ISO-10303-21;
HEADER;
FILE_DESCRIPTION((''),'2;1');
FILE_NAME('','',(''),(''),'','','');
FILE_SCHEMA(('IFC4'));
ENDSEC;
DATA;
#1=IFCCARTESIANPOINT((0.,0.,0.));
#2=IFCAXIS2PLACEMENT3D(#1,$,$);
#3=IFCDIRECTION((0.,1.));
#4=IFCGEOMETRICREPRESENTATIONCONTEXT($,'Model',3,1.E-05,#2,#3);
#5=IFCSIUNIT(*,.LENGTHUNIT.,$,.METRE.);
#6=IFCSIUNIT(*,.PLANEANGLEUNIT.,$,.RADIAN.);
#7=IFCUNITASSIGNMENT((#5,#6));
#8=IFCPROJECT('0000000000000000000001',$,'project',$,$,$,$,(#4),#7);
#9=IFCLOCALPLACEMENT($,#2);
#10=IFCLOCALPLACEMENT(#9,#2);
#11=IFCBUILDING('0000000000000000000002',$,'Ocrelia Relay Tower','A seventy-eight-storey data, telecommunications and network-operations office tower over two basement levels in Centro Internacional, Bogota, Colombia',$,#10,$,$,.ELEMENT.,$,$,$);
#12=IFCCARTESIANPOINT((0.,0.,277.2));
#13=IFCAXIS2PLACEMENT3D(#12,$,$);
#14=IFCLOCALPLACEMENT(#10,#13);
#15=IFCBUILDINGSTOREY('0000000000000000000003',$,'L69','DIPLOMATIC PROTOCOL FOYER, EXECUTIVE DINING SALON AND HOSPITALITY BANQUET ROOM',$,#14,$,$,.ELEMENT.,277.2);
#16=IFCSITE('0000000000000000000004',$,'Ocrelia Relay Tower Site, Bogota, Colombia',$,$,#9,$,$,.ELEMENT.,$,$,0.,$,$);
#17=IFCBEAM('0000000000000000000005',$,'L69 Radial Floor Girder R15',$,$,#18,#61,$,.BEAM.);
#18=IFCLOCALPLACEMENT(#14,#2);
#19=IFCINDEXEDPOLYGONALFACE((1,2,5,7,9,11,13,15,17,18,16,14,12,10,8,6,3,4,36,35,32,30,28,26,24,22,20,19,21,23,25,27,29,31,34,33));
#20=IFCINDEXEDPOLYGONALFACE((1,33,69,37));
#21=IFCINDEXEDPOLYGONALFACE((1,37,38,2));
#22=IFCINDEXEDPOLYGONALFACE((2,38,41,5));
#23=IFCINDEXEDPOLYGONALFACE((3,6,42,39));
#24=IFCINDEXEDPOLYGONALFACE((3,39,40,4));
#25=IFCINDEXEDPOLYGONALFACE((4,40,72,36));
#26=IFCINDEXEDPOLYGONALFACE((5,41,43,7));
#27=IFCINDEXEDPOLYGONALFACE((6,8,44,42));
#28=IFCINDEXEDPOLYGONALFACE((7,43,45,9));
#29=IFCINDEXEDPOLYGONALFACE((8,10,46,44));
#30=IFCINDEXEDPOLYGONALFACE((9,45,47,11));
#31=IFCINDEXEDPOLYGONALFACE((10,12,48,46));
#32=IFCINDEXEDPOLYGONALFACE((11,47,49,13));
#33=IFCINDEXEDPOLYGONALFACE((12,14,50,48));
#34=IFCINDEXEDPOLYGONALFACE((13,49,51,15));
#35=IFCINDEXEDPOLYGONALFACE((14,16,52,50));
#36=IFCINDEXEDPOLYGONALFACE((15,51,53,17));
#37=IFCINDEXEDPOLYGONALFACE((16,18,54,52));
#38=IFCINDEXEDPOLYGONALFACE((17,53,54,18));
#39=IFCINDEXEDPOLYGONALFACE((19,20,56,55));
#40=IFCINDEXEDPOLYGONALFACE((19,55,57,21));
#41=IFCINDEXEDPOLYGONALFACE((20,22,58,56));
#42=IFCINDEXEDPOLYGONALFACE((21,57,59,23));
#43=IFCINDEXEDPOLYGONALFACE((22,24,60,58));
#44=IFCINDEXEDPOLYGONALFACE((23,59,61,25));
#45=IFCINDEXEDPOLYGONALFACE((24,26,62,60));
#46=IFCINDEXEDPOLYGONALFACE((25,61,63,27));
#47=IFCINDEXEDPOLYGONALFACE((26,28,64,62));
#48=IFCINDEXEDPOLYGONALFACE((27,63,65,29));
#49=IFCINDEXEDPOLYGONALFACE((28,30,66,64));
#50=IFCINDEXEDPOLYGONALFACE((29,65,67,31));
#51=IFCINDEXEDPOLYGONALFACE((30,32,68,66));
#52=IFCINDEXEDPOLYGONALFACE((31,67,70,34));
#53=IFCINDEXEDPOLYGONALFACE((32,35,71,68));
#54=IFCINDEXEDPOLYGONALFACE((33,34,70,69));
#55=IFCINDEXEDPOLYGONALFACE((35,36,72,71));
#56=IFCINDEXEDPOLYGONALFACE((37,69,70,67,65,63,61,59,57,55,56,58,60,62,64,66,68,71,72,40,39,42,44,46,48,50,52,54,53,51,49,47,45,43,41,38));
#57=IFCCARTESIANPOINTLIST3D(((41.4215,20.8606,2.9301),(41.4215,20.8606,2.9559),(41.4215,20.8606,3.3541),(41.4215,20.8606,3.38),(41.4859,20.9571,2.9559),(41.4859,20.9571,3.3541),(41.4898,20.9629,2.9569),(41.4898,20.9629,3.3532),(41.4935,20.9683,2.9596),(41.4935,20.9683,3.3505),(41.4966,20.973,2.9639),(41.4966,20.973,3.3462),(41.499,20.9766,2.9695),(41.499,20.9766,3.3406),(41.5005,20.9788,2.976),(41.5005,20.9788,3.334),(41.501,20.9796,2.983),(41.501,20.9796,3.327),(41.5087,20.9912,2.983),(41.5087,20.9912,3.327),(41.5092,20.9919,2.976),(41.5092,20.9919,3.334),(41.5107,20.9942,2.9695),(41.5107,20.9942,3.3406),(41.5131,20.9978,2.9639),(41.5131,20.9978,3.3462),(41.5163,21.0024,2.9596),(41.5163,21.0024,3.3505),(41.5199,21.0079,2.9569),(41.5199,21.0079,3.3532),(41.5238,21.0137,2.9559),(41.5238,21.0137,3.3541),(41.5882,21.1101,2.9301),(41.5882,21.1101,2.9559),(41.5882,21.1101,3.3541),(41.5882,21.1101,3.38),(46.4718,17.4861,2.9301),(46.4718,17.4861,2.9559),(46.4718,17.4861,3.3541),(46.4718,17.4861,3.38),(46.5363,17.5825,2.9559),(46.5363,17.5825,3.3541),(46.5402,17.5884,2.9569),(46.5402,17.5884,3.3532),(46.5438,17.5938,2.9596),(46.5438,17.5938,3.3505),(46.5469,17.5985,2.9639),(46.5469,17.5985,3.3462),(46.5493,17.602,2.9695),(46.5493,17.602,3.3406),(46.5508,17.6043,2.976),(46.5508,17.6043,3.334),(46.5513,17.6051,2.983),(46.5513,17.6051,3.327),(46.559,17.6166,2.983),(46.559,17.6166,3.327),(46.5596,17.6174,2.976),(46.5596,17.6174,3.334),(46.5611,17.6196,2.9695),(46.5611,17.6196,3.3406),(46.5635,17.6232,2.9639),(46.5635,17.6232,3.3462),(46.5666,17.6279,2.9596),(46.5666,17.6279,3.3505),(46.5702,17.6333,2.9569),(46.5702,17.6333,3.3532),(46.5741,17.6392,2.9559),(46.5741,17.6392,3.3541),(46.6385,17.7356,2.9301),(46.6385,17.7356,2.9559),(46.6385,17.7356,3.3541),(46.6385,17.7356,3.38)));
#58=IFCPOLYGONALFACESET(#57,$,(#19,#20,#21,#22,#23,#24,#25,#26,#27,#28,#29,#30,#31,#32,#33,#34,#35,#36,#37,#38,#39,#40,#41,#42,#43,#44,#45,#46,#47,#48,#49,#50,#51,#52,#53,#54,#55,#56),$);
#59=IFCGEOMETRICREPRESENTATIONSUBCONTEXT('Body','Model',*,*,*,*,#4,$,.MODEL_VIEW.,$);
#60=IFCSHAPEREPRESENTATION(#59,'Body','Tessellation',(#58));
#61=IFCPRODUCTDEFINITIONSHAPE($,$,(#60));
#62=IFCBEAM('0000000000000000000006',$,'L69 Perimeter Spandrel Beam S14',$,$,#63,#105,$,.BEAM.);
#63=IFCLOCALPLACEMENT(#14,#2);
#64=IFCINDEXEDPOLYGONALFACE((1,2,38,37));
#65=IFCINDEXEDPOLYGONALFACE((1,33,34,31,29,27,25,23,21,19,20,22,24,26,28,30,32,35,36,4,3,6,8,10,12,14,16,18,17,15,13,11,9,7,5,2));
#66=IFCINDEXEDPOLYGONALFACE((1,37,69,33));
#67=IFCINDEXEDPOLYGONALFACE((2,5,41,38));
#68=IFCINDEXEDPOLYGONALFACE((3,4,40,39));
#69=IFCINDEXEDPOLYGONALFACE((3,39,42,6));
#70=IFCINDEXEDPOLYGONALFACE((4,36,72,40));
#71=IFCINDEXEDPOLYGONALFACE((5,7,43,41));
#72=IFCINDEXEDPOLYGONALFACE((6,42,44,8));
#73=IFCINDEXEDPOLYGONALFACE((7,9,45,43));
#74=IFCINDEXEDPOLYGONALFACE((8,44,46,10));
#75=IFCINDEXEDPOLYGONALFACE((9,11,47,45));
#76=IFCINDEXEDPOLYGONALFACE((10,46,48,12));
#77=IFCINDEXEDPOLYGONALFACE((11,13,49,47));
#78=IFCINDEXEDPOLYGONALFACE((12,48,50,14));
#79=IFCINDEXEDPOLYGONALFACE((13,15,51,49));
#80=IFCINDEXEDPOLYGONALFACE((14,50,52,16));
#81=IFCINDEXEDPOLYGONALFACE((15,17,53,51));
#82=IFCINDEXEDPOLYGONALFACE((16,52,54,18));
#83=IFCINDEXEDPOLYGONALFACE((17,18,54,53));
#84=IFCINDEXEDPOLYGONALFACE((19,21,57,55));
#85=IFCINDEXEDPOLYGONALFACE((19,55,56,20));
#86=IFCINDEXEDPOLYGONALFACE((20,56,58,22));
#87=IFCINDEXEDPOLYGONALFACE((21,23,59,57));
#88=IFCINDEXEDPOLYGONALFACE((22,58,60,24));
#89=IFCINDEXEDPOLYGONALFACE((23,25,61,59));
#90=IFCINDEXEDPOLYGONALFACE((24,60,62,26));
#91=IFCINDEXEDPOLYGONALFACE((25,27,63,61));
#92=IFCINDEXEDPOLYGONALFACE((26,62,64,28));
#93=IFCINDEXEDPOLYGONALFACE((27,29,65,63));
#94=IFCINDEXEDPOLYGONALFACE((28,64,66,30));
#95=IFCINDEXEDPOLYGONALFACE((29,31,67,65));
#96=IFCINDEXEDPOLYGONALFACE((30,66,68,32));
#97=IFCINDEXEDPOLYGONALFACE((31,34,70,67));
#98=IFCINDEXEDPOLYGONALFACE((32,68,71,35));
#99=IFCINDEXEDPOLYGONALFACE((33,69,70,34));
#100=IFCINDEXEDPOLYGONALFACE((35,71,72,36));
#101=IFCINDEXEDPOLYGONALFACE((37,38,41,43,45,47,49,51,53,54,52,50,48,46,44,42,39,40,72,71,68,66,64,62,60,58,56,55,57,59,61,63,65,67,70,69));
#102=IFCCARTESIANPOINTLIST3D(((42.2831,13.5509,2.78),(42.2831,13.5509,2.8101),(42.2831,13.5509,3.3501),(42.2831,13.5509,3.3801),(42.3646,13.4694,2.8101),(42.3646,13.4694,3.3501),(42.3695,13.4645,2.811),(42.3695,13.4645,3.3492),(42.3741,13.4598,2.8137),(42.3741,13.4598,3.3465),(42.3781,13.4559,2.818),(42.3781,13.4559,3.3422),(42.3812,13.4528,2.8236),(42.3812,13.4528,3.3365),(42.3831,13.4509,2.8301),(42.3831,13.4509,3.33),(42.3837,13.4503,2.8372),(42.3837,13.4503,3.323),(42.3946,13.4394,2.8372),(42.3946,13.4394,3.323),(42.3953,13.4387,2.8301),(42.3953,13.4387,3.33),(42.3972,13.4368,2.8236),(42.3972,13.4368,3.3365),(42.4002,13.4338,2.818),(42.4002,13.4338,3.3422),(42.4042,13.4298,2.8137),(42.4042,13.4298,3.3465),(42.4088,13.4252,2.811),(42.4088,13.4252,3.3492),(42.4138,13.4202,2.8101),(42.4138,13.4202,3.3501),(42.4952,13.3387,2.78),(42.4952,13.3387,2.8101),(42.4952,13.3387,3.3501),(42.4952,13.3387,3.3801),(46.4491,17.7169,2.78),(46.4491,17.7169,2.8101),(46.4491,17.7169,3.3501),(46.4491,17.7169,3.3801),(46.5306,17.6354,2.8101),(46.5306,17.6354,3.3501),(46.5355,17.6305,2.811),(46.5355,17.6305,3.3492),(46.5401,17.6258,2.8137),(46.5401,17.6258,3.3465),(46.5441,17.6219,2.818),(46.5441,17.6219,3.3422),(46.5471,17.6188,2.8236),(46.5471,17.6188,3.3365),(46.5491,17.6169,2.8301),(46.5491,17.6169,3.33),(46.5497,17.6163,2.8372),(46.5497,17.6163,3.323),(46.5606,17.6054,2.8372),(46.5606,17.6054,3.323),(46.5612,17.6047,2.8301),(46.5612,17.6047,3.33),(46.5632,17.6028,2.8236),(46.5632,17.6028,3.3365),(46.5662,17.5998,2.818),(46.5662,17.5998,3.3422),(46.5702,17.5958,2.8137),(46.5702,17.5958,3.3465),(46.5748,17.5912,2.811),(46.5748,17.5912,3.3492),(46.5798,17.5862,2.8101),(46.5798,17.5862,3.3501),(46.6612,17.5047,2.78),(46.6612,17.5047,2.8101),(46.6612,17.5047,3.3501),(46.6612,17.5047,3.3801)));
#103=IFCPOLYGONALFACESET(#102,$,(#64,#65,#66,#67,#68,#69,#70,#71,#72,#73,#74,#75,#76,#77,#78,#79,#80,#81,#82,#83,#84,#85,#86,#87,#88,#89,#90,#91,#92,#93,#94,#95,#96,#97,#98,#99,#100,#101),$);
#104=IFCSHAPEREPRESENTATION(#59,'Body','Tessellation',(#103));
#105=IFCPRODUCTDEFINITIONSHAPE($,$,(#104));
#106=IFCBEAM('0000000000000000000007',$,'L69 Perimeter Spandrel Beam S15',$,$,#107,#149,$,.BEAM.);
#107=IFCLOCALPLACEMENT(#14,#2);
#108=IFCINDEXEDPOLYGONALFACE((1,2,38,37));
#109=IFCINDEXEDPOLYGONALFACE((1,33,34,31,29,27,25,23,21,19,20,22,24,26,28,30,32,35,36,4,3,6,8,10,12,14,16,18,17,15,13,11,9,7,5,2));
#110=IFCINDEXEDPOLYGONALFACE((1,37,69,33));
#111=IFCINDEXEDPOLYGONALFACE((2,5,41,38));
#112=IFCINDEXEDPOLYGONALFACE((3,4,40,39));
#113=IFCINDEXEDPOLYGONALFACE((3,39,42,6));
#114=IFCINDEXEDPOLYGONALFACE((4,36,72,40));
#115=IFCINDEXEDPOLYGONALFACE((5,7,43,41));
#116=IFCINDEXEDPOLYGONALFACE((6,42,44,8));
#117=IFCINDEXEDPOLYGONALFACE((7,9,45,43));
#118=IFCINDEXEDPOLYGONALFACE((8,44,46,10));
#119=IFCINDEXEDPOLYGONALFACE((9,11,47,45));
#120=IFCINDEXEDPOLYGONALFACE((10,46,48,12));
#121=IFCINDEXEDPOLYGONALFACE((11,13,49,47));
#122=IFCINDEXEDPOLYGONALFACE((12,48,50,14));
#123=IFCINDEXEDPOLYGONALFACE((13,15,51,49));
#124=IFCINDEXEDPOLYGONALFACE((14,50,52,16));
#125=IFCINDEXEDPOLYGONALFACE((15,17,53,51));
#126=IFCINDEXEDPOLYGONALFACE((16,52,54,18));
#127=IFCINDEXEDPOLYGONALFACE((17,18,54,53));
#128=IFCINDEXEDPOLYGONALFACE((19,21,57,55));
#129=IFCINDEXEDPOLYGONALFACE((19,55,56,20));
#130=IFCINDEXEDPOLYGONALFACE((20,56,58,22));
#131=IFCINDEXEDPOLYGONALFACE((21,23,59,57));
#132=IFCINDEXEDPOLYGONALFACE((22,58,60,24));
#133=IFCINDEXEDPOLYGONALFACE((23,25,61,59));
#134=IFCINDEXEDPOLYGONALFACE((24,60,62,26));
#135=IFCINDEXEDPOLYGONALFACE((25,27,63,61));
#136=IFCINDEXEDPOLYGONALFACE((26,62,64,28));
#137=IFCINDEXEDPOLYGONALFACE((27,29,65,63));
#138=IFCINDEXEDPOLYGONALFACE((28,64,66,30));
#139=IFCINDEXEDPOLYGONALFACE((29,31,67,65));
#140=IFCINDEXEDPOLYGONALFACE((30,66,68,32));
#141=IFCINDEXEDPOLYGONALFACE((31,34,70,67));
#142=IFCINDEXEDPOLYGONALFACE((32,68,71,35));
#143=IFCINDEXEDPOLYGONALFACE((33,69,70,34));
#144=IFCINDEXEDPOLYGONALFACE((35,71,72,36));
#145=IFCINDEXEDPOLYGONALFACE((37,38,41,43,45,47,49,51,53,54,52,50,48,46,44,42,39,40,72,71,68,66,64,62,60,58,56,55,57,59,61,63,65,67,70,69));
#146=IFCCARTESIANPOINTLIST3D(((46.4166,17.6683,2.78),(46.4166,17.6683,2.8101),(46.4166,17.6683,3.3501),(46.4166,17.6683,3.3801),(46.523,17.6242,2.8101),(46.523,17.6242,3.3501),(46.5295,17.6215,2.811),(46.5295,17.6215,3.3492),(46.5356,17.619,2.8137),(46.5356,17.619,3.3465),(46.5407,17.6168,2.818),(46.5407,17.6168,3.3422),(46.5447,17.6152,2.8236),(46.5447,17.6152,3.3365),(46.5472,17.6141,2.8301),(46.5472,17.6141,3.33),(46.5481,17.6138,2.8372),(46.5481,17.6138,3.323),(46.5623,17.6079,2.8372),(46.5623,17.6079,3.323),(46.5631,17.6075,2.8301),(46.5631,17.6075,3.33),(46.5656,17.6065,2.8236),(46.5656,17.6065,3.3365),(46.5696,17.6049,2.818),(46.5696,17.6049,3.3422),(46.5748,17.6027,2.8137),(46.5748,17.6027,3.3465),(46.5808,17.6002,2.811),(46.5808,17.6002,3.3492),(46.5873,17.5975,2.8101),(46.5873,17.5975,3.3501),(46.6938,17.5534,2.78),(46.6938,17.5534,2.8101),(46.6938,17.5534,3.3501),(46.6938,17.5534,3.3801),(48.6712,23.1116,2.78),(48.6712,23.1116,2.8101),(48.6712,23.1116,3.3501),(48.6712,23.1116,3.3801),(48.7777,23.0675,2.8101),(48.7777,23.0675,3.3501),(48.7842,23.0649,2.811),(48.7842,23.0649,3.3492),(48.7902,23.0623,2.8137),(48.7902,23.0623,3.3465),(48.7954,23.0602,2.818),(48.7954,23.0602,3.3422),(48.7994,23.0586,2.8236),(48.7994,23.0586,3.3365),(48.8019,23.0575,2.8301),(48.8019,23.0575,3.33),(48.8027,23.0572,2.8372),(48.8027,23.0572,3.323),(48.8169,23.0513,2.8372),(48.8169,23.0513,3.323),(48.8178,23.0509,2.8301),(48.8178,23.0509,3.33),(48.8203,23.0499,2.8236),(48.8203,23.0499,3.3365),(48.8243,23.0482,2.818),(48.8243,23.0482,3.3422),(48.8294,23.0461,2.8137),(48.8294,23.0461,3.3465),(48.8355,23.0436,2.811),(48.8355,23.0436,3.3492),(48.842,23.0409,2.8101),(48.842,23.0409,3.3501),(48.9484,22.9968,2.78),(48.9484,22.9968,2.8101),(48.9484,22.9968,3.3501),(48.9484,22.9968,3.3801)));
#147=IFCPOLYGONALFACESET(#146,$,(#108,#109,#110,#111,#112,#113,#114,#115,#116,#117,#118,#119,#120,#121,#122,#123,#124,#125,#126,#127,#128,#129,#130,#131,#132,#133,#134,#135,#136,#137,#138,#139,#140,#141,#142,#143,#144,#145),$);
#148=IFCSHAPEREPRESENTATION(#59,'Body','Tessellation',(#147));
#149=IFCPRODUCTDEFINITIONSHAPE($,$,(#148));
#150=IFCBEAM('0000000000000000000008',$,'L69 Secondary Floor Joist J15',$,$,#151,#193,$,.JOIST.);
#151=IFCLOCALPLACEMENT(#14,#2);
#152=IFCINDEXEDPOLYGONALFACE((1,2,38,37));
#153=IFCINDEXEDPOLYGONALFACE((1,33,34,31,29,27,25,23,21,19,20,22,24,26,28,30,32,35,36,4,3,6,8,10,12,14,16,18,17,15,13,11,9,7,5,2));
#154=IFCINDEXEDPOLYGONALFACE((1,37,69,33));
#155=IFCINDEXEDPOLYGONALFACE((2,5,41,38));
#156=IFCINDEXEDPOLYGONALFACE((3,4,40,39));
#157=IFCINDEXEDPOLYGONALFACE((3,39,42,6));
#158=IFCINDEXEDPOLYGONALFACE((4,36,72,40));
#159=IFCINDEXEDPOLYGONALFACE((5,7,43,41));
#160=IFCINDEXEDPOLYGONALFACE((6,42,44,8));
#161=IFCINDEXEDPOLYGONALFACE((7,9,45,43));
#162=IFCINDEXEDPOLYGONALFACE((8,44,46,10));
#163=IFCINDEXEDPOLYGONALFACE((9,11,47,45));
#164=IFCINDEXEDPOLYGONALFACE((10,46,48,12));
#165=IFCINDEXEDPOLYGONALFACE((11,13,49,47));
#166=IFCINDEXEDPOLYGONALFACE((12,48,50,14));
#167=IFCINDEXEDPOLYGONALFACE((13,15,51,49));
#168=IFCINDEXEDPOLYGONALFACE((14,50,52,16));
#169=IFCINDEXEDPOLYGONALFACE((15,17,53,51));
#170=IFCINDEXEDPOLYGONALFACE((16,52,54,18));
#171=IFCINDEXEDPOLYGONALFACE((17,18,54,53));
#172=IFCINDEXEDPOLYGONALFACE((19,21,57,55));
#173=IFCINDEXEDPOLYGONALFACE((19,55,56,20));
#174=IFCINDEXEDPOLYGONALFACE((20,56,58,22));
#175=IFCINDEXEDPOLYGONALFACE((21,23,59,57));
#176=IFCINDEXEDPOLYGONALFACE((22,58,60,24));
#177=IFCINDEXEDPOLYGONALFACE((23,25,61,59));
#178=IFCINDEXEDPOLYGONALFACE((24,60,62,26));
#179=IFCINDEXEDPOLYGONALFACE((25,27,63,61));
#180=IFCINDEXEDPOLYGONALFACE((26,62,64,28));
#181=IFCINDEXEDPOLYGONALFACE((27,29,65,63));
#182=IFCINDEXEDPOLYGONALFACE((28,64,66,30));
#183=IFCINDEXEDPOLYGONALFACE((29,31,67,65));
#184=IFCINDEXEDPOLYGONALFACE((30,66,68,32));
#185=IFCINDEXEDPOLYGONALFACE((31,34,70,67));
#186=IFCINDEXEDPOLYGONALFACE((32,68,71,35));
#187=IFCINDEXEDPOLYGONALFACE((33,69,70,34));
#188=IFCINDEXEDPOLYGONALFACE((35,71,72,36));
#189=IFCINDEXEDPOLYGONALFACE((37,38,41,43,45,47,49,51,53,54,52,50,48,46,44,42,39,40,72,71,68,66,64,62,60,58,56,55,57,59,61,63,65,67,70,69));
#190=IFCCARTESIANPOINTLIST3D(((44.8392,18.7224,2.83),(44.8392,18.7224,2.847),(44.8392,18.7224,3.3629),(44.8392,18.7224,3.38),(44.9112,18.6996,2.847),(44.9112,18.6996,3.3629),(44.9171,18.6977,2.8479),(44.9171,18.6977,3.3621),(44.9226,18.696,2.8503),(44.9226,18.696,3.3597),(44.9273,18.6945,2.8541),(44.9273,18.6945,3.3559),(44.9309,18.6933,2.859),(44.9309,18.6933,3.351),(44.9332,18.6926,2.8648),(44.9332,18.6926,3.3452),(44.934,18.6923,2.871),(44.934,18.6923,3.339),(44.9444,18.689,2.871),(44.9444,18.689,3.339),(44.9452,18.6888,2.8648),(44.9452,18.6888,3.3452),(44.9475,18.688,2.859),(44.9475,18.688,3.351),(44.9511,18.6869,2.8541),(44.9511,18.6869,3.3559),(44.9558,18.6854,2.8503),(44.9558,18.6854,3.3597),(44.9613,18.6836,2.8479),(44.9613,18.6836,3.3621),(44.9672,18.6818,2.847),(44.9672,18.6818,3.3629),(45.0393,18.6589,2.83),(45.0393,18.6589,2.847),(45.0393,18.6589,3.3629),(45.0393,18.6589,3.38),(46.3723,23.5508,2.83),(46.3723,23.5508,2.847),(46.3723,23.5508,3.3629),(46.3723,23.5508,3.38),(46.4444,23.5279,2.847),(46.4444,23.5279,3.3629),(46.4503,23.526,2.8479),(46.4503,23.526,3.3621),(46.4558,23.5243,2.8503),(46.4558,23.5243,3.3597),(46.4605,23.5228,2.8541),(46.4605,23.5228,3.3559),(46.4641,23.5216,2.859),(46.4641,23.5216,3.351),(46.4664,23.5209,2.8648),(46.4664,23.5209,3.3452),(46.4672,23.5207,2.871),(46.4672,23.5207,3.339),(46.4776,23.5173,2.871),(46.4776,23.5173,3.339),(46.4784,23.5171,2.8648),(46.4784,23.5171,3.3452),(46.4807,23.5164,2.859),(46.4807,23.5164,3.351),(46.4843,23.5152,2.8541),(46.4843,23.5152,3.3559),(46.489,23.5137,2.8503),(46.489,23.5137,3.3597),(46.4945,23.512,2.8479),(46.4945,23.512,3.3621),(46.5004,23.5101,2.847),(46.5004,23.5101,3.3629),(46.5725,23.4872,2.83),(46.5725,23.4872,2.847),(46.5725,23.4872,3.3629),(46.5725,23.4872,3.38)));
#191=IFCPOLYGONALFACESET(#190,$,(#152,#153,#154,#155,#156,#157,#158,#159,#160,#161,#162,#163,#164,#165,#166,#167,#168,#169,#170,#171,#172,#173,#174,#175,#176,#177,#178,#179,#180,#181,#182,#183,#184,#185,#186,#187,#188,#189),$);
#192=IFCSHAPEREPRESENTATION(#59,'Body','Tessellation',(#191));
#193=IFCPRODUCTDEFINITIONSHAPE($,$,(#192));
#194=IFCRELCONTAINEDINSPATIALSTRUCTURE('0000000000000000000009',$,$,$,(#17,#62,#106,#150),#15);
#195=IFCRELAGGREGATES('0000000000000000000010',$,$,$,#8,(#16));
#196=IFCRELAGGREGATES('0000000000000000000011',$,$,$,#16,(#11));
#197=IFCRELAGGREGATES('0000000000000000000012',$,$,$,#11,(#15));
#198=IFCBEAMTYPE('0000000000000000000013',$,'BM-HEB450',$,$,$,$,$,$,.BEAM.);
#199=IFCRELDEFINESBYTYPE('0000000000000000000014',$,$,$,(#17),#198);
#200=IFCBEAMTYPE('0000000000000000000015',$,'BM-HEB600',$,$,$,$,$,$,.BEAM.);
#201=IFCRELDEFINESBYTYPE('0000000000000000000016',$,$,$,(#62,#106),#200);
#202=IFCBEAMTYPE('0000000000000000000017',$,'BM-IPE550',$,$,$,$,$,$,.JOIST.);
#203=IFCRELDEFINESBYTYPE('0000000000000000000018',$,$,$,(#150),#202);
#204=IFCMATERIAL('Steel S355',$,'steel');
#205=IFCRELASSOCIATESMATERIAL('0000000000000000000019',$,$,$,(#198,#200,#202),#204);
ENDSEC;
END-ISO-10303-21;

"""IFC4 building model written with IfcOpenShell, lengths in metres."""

from ifc_helpers import new_model, si_unit, direction, frame, origin, origin_2d, place, context, subcontext, project, spatial, i_section, extrude, material, material_profile, profile_set, type_object, element, save


model = new_model("IFC4")

# Units and contexts
model_context = context("Model", 3, precision=1e-05, world=origin(), true_north=direction((0.0, 1.0)))
body_context = subcontext(model_context, "Body", "Model", "MODEL_VIEW")
ifc_project = project(units=[si_unit("LENGTHUNIT", "METRE"), si_unit("PLANEANGLEUNIT", "RADIAN")], contexts=[model_context])

# Site, building, storey
site_placement = place(None, origin())
site = spatial("IfcSite", under=ifc_project, at=site_placement, Name="Ocrelia Relay Tower Site, Bogota, Colombia", CompositionType="ELEMENT", RefElevation=0.0)
building_placement = place(site_placement, origin())
building = spatial("IfcBuilding", under=site, at=building_placement, Name="Ocrelia Relay Tower", Description="A seventy-eight-storey data, telecommunications and network-operations office tower over two basement levels in Centro Internacional, Bogota, Colombia", CompositionType="ELEMENT")
storey_placement = place(building_placement, frame((0.0, 0.0, 277.2)))
storey = spatial("IfcBuildingStorey", under=building, at=storey_placement, Name="L69", Description="DIPLOMATIC PROTOCOL FOYER, EXECUTIVE DINING SALON AND HOSPITALITY BANQUET ROOM", CompositionType="ELEMENT", Elevation=277.2)

# Beams
ifc_material_1 = material(Name="Steel S355", Category="steel")
ifc_material_profile_1 = material_profile(ifc_material_1, i_section(OverallWidth=0.3, OverallDepth=0.45, WebThickness=0.0139, FlangeThickness=0.0259, FilletRadius=0.0271, at=origin_2d()), Name="HEB 450")
ifc_profile_set_1 = profile_set([ifc_material_profile_1], Name="Steel S355")
beam_type_1 = type_object("IfcBeamType", Name="BM-HEB450", PredefinedType="BEAM", material=ifc_profile_set_1)
beam_1_placement = place(storey_placement, frame((46.5552, 17.6108, 3.155), z_axis=(-0.831469, 0.555572, 0.0), x_axis=(-0.555572, -0.831469, 0.0)))
element("IfcBeam", 1, at=beam_1_placement, inside=storey, type_object=beam_type_1, Name="L69 Radial Floor Girder R15", PredefinedType="BEAM", context=body_context, shape_type="SweptSolid", body=[
    extrude(i_section(OverallWidth=0.3, OverallDepth=0.45, WebThickness=0.0139, FlangeThickness=0.0259, FilletRadius=0.0271, at=origin_2d()), origin(), (0.0, 0.0, 1.0), 6.074),
])
ifc_material_profile_2 = material_profile(ifc_material_1, i_section(OverallWidth=0.3, OverallDepth=0.6001, WebThickness=0.0154, FlangeThickness=0.03, FilletRadius=0.0271, at=origin_2d()), Name="HEB 600")
ifc_profile_set_2 = profile_set([ifc_material_profile_2], Name="Steel S355")
beam_type_2 = type_object("IfcBeamType", Name="BM-HEB600", PredefinedType="BEAM", material=ifc_profile_set_2)
beam_2_placement = place(storey_placement, frame((42.3892, 13.4448, 3.0801), z_axis=(0.707107, 0.707107, 0.0), x_axis=(-0.707107, 0.707107, 0.0)))
element("IfcBeam", 2, at=beam_2_placement, inside=storey, type_object=beam_type_2, Name="L69 Perimeter Spandrel Beam S14", PredefinedType="BEAM", context=body_context, shape_type="SweptSolid", body=[
    extrude(i_section(OverallWidth=0.3, OverallDepth=0.6001, WebThickness=0.0154, FlangeThickness=0.03, FilletRadius=0.0271, at=origin_2d()), origin(), (0.0, 0.0, 1.0), 5.8916),
])
beam_3_placement = place(storey_placement, frame((46.5552, 17.6108, 3.0801), z_axis=(0.382673, 0.923884, 0.0), x_axis=(-0.923884, 0.382673, 0.0)))
element("IfcBeam", 3, at=beam_3_placement, inside=storey, type_object=beam_type_2, Name="L69 Perimeter Spandrel Beam S15", PredefinedType="BEAM", context=body_context, shape_type="SweptSolid", body=[
    extrude(i_section(OverallWidth=0.3, OverallDepth=0.6001, WebThickness=0.0154, FlangeThickness=0.03, FilletRadius=0.0271, at=origin_2d()), origin(), (0.0, 0.0, 1.0), 5.8918),
])
ifc_material_profile_3 = material_profile(ifc_material_1, i_section(OverallWidth=0.21, OverallDepth=0.55, WebThickness=0.011, FlangeThickness=0.0171, FilletRadius=0.0239, at=origin_2d()), Name="IPE 550")
ifc_profile_set_3 = profile_set([ifc_material_profile_3], Name="Steel S355")
beam_type_3 = type_object("IfcBeamType", Name="BM-IPE550", PredefinedType="JOIST", material=ifc_profile_set_3)
beam_4_placement = place(storey_placement, frame((44.9392, 18.6907, 3.105), z_axis=(0.302649, 0.953102, 0.0), x_axis=(-0.953102, 0.302649, 0.0)))
element("IfcBeam", 4, at=beam_4_placement, inside=storey, type_object=beam_type_3, Name="L69 Secondary Floor Joist J15", PredefinedType="JOIST", context=body_context, shape_type="SweptSolid", body=[
    extrude(i_section(OverallWidth=0.21, OverallDepth=0.55, WebThickness=0.011, FlangeThickness=0.0171, FilletRadius=0.0239, at=origin_2d()), origin(), (0.0, 0.0, 1.0), 5.0659),
])

save(model, "model.ifc")
